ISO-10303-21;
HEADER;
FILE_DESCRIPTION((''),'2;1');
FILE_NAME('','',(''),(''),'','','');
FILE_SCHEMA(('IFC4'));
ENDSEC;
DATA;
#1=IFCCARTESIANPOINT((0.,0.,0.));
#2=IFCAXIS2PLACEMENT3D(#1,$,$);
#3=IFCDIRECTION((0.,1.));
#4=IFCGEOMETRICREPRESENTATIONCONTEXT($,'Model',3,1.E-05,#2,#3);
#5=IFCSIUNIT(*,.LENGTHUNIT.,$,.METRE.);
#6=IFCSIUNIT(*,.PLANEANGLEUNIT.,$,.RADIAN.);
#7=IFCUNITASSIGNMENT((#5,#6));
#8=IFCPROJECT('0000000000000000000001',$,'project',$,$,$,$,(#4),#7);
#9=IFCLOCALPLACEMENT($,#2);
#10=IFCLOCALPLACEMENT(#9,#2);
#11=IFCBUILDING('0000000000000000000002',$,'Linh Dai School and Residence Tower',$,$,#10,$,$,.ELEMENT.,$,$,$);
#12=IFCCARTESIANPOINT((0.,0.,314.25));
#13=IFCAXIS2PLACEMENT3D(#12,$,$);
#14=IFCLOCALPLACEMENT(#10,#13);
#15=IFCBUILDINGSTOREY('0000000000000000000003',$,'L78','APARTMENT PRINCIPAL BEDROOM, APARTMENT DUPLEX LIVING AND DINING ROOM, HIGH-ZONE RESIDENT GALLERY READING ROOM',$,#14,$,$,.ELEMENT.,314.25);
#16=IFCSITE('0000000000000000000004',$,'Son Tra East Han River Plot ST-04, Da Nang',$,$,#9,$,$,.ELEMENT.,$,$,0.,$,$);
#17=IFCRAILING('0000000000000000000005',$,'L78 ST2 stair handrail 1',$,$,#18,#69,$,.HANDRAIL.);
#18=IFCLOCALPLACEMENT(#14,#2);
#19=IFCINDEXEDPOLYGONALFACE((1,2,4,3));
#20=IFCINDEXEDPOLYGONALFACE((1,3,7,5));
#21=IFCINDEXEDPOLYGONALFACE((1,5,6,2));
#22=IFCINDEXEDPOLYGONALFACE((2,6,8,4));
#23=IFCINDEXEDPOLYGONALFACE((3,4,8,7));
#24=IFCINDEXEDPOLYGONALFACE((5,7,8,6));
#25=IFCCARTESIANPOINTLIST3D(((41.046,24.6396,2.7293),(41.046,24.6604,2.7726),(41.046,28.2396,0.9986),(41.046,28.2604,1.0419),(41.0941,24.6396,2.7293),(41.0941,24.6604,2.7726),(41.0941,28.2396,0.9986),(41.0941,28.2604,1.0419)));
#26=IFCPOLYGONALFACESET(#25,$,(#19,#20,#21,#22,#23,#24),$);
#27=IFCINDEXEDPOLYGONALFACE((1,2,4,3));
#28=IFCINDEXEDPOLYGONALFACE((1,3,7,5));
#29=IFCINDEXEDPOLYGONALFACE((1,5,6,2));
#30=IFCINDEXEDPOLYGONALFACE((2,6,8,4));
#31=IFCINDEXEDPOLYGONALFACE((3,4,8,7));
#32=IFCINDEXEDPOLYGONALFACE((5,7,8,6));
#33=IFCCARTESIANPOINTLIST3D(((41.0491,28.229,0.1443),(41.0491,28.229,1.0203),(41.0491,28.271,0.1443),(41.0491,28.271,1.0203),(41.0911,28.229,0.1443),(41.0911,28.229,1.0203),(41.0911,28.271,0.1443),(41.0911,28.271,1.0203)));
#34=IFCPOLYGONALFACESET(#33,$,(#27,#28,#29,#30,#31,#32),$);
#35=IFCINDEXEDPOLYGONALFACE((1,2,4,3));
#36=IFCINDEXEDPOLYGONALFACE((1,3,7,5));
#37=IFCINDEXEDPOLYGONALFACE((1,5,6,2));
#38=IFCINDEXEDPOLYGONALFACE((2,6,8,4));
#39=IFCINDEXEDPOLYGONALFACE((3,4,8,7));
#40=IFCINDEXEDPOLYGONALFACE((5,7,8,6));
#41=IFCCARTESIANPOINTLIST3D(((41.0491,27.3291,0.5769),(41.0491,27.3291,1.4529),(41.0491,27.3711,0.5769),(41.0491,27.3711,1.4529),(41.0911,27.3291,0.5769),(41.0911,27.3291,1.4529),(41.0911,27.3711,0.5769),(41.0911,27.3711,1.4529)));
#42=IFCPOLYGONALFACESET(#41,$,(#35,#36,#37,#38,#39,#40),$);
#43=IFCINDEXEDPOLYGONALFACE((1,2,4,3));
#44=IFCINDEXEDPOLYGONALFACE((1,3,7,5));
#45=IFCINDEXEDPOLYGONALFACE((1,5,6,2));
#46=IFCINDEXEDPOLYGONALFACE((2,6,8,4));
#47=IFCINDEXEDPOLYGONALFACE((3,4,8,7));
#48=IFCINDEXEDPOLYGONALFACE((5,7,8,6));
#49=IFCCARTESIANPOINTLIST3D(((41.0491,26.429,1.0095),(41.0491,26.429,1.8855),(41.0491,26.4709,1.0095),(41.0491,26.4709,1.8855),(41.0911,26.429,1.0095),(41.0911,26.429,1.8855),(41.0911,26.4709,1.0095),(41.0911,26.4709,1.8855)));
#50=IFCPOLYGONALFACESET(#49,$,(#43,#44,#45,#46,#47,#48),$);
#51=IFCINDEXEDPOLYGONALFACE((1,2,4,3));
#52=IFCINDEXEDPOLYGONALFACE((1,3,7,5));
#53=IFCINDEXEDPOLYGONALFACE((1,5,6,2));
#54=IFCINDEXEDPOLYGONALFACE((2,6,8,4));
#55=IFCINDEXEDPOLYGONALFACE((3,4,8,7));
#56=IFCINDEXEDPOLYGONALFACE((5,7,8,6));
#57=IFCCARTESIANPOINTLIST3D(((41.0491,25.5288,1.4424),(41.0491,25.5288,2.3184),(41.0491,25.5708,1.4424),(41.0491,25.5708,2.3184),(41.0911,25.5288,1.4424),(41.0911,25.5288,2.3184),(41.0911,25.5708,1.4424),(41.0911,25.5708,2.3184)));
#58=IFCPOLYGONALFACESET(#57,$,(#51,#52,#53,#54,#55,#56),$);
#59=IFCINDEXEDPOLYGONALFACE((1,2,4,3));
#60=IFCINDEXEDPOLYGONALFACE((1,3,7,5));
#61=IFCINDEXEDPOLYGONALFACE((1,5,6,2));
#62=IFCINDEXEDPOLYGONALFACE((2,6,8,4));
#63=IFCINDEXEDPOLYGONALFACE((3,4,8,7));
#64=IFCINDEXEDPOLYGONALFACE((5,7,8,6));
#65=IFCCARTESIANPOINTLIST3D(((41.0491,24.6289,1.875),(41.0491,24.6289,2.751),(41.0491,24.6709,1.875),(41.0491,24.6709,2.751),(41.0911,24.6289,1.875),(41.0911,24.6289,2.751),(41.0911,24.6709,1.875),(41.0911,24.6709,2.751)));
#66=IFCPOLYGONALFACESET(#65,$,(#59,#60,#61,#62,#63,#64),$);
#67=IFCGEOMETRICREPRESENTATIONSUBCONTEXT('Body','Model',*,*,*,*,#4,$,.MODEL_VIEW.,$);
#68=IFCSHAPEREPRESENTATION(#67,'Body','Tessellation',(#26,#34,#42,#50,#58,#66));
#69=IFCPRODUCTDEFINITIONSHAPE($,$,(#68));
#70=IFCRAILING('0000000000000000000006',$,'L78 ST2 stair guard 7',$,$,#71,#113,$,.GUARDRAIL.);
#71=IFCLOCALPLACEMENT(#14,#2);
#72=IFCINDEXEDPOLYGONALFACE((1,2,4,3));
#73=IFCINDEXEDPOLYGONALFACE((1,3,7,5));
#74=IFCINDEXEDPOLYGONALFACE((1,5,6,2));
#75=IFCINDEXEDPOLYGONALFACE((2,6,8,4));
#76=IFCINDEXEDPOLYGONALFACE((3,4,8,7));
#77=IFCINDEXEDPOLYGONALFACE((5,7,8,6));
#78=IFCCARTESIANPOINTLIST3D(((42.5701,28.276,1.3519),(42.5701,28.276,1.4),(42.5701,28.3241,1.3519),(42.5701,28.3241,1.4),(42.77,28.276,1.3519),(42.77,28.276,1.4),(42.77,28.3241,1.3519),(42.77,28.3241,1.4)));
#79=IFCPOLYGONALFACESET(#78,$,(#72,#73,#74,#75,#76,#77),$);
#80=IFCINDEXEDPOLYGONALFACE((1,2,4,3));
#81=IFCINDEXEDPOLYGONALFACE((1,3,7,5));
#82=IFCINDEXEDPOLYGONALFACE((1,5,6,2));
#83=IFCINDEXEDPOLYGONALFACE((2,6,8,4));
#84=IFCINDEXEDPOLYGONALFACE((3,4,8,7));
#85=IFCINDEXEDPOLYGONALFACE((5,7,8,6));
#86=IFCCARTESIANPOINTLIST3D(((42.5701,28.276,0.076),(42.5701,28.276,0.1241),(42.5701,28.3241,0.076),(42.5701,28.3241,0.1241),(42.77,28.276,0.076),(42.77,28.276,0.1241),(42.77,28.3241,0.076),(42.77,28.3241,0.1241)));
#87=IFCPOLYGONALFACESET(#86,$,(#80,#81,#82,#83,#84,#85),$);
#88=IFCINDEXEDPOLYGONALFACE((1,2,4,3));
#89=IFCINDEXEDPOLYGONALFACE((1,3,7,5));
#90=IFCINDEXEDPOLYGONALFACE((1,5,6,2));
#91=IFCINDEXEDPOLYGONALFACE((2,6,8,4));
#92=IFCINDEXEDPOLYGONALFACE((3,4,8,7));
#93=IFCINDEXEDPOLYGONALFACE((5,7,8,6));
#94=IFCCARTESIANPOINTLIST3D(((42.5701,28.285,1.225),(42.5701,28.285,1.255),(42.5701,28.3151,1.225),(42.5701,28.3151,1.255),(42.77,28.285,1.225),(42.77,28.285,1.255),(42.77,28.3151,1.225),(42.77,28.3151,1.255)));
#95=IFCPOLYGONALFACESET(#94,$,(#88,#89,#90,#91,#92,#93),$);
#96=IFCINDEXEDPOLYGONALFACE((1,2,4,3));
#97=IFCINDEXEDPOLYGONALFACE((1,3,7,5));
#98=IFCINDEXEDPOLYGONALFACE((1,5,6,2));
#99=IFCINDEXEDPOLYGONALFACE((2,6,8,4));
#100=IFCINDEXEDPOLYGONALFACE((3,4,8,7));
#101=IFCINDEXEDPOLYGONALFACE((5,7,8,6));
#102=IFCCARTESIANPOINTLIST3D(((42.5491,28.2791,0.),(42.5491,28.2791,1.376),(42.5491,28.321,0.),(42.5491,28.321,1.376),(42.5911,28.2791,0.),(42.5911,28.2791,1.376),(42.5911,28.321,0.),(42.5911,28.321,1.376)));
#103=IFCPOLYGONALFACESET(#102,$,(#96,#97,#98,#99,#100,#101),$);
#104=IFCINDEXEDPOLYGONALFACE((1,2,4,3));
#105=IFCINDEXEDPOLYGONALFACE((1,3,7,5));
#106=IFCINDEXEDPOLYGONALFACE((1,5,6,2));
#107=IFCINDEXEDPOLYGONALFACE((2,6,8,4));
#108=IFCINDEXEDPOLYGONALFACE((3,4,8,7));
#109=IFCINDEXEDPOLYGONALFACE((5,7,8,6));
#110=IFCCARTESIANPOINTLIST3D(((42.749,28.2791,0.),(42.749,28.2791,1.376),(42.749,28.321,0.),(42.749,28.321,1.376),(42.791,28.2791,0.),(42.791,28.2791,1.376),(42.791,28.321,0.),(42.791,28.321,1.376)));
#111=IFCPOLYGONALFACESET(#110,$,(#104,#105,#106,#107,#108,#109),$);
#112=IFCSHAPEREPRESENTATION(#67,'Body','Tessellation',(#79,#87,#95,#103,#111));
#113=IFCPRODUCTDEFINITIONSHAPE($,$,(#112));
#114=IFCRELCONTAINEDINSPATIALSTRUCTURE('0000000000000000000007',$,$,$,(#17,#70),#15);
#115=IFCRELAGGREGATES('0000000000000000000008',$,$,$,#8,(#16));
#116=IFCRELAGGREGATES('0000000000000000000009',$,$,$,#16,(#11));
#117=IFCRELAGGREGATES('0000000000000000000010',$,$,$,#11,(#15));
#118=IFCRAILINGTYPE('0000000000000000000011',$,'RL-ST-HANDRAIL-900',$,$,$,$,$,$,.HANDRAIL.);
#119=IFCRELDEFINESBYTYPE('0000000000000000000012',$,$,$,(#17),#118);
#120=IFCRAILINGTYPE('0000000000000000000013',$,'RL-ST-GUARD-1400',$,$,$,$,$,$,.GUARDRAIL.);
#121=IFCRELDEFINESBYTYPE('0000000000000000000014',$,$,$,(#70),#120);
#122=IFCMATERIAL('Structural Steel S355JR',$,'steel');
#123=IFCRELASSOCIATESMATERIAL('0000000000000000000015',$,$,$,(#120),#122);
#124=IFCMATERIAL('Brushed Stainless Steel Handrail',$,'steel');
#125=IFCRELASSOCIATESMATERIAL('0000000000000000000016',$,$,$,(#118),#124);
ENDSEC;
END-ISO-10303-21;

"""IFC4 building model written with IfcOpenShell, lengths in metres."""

from ifc_helpers import new_model, si_unit, direction, frame, origin, origin_2d, place, context, subcontext, project, spatial, rectangle, extrude, source, transform, mapped, material, type_object, element, save


model = new_model("IFC4")

# Units and contexts
model_context = context("Model", 3, precision=1e-05, world=origin(), true_north=direction((0.0, 1.0)))
body_context = subcontext(model_context, "Body", "Model", "MODEL_VIEW")
ifc_project = project(units=[si_unit("LENGTHUNIT", "METRE"), si_unit("PLANEANGLEUNIT", "RADIAN")], contexts=[model_context])

# Site, building, storey
site_placement = place(None, origin())
site = spatial("IfcSite", under=ifc_project, at=site_placement, Name="Son Tra East Han River Plot ST-04, Da Nang", CompositionType="ELEMENT", RefElevation=0.0)
building_placement = place(site_placement, origin())
building = spatial("IfcBuilding", under=site, at=building_placement, Name="Linh Dai School and Residence Tower", CompositionType="ELEMENT")
storey_placement = place(building_placement, frame((0.0, 0.0, 314.25)))
storey = spatial("IfcBuildingStorey", under=building, at=storey_placement, Name="L78", Description="APARTMENT PRINCIPAL BEDROOM, APARTMENT DUPLEX LIVING AND DINING ROOM, HIGH-ZONE RESIDENT GALLERY READING ROOM", CompositionType="ELEMENT", Elevation=314.25)

# Shared definitions
ifc_material_1 = material(Name="Structural Steel S355JR", Category="steel")

# Railings
railing_type_1 = type_object("IfcRailingType", Name="RL-ST-GUARD-1400", PredefinedType="GUARDRAIL", material=ifc_material_1)
ifc_material_2 = material(Name="Brushed Stainless Steel Handrail", Category="steel")
railing_type_2 = type_object("IfcRailingType", Name="RL-ST-HANDRAIL-900", PredefinedType="HANDRAIL", material=ifc_material_2)
shared_shape_1 = source(origin(), body_context, "Body", "SweptSolid", [
    extrude(rectangle(XDim=0.0481, YDim=0.0481, at=origin_2d()), frame((0.0, 0.0, 0.876), z_axis=(0.0, -0.901263, 0.433273), x_axis=(1.0, 0.0, 0.0)), (0.0, 0.0, 1.0), 3.9944),
    extrude(rectangle(XDim=0.042, YDim=0.042, at=origin_2d()), origin(), (0.0, 0.0, 1.0), 0.876),
    extrude(rectangle(XDim=0.042, YDim=0.042, at=origin_2d()), frame((0.0, -0.8999, 0.4326)), (0.0, 0.0, 1.0), 0.876),
    extrude(rectangle(XDim=0.042, YDim=0.042, at=origin_2d()), frame((0.0, -1.8, 0.8652)), (0.0, 0.0, 1.0), 0.876),
    extrude(rectangle(XDim=0.042, YDim=0.042, at=origin_2d()), frame((0.0, -2.7002, 1.2981)), (0.0, 0.0, 1.0), 0.876),
    extrude(rectangle(XDim=0.042, YDim=0.042, at=origin_2d()), frame((0.0, -3.6001, 1.7307)), (0.0, 0.0, 1.0), 0.876),
])
railing_1_placement = place(storey_placement, frame((41.0701, 28.25, 0.1443)))
element("IfcRailing", 1, at=railing_1_placement, inside=storey, type_object=railing_type_2, Name="L78 ST2 stair handrail 1", PredefinedType="HANDRAIL", context=body_context, shape_type="MappedRepresentation", body=[
    mapped(shared_shape_1, transform((0.0, 0.0, 0.0), x_axis=(1.0, 0.0, 0.0), y_axis=(0.0, 1.0, 0.0), z_axis=(0.0, 0.0, 1.0), scale=1.0)),
])
shared_shape_2 = source(origin(), body_context, "Body", "SweptSolid", [
    extrude(rectangle(XDim=0.0481, YDim=0.0481, at=origin_2d()), frame((0.0, 0.0, 1.376), z_axis=(1.0, 0.0, 0.0), x_axis=(0.0, 1.0, 0.0)), (0.0, 0.0, 1.0), 0.2),
    extrude(rectangle(XDim=0.0481, YDim=0.0481, at=origin_2d()), frame((0.0, 0.0, 0.1001), z_axis=(1.0, 0.0, 0.0), x_axis=(0.0, 1.0, 0.0)), (0.0, 0.0, 1.0), 0.2),
    extrude(rectangle(XDim=0.03, YDim=0.03, at=origin_2d()), frame((0.0, 0.0, 1.24), z_axis=(1.0, 0.0, 0.0), x_axis=(0.0, 1.0, 0.0)), (0.0, 0.0, 1.0), 0.2),
    extrude(rectangle(XDim=0.042, YDim=0.042, at=origin_2d()), origin(), (0.0, 0.0, 1.0), 1.376),
    extrude(rectangle(XDim=0.042, YDim=0.042, at=origin_2d()), frame((0.2, 0.0, 0.0)), (0.0, 0.0, 1.0), 1.376),
])
railing_2_placement = place(storey_placement, frame((42.5701, 28.3, 0.0)))
element("IfcRailing", 2, at=railing_2_placement, inside=storey, type_object=railing_type_1, Name="L78 ST2 stair guard 7", PredefinedType="GUARDRAIL", context=body_context, shape_type="MappedRepresentation", body=[
    mapped(shared_shape_2, transform((0.0, 0.0, 0.0), x_axis=(1.0, 0.0, 0.0), y_axis=(0.0, 1.0, 0.0), z_axis=(0.0, 0.0, 1.0), scale=1.0)),
])

save(model, "model.ifc")
